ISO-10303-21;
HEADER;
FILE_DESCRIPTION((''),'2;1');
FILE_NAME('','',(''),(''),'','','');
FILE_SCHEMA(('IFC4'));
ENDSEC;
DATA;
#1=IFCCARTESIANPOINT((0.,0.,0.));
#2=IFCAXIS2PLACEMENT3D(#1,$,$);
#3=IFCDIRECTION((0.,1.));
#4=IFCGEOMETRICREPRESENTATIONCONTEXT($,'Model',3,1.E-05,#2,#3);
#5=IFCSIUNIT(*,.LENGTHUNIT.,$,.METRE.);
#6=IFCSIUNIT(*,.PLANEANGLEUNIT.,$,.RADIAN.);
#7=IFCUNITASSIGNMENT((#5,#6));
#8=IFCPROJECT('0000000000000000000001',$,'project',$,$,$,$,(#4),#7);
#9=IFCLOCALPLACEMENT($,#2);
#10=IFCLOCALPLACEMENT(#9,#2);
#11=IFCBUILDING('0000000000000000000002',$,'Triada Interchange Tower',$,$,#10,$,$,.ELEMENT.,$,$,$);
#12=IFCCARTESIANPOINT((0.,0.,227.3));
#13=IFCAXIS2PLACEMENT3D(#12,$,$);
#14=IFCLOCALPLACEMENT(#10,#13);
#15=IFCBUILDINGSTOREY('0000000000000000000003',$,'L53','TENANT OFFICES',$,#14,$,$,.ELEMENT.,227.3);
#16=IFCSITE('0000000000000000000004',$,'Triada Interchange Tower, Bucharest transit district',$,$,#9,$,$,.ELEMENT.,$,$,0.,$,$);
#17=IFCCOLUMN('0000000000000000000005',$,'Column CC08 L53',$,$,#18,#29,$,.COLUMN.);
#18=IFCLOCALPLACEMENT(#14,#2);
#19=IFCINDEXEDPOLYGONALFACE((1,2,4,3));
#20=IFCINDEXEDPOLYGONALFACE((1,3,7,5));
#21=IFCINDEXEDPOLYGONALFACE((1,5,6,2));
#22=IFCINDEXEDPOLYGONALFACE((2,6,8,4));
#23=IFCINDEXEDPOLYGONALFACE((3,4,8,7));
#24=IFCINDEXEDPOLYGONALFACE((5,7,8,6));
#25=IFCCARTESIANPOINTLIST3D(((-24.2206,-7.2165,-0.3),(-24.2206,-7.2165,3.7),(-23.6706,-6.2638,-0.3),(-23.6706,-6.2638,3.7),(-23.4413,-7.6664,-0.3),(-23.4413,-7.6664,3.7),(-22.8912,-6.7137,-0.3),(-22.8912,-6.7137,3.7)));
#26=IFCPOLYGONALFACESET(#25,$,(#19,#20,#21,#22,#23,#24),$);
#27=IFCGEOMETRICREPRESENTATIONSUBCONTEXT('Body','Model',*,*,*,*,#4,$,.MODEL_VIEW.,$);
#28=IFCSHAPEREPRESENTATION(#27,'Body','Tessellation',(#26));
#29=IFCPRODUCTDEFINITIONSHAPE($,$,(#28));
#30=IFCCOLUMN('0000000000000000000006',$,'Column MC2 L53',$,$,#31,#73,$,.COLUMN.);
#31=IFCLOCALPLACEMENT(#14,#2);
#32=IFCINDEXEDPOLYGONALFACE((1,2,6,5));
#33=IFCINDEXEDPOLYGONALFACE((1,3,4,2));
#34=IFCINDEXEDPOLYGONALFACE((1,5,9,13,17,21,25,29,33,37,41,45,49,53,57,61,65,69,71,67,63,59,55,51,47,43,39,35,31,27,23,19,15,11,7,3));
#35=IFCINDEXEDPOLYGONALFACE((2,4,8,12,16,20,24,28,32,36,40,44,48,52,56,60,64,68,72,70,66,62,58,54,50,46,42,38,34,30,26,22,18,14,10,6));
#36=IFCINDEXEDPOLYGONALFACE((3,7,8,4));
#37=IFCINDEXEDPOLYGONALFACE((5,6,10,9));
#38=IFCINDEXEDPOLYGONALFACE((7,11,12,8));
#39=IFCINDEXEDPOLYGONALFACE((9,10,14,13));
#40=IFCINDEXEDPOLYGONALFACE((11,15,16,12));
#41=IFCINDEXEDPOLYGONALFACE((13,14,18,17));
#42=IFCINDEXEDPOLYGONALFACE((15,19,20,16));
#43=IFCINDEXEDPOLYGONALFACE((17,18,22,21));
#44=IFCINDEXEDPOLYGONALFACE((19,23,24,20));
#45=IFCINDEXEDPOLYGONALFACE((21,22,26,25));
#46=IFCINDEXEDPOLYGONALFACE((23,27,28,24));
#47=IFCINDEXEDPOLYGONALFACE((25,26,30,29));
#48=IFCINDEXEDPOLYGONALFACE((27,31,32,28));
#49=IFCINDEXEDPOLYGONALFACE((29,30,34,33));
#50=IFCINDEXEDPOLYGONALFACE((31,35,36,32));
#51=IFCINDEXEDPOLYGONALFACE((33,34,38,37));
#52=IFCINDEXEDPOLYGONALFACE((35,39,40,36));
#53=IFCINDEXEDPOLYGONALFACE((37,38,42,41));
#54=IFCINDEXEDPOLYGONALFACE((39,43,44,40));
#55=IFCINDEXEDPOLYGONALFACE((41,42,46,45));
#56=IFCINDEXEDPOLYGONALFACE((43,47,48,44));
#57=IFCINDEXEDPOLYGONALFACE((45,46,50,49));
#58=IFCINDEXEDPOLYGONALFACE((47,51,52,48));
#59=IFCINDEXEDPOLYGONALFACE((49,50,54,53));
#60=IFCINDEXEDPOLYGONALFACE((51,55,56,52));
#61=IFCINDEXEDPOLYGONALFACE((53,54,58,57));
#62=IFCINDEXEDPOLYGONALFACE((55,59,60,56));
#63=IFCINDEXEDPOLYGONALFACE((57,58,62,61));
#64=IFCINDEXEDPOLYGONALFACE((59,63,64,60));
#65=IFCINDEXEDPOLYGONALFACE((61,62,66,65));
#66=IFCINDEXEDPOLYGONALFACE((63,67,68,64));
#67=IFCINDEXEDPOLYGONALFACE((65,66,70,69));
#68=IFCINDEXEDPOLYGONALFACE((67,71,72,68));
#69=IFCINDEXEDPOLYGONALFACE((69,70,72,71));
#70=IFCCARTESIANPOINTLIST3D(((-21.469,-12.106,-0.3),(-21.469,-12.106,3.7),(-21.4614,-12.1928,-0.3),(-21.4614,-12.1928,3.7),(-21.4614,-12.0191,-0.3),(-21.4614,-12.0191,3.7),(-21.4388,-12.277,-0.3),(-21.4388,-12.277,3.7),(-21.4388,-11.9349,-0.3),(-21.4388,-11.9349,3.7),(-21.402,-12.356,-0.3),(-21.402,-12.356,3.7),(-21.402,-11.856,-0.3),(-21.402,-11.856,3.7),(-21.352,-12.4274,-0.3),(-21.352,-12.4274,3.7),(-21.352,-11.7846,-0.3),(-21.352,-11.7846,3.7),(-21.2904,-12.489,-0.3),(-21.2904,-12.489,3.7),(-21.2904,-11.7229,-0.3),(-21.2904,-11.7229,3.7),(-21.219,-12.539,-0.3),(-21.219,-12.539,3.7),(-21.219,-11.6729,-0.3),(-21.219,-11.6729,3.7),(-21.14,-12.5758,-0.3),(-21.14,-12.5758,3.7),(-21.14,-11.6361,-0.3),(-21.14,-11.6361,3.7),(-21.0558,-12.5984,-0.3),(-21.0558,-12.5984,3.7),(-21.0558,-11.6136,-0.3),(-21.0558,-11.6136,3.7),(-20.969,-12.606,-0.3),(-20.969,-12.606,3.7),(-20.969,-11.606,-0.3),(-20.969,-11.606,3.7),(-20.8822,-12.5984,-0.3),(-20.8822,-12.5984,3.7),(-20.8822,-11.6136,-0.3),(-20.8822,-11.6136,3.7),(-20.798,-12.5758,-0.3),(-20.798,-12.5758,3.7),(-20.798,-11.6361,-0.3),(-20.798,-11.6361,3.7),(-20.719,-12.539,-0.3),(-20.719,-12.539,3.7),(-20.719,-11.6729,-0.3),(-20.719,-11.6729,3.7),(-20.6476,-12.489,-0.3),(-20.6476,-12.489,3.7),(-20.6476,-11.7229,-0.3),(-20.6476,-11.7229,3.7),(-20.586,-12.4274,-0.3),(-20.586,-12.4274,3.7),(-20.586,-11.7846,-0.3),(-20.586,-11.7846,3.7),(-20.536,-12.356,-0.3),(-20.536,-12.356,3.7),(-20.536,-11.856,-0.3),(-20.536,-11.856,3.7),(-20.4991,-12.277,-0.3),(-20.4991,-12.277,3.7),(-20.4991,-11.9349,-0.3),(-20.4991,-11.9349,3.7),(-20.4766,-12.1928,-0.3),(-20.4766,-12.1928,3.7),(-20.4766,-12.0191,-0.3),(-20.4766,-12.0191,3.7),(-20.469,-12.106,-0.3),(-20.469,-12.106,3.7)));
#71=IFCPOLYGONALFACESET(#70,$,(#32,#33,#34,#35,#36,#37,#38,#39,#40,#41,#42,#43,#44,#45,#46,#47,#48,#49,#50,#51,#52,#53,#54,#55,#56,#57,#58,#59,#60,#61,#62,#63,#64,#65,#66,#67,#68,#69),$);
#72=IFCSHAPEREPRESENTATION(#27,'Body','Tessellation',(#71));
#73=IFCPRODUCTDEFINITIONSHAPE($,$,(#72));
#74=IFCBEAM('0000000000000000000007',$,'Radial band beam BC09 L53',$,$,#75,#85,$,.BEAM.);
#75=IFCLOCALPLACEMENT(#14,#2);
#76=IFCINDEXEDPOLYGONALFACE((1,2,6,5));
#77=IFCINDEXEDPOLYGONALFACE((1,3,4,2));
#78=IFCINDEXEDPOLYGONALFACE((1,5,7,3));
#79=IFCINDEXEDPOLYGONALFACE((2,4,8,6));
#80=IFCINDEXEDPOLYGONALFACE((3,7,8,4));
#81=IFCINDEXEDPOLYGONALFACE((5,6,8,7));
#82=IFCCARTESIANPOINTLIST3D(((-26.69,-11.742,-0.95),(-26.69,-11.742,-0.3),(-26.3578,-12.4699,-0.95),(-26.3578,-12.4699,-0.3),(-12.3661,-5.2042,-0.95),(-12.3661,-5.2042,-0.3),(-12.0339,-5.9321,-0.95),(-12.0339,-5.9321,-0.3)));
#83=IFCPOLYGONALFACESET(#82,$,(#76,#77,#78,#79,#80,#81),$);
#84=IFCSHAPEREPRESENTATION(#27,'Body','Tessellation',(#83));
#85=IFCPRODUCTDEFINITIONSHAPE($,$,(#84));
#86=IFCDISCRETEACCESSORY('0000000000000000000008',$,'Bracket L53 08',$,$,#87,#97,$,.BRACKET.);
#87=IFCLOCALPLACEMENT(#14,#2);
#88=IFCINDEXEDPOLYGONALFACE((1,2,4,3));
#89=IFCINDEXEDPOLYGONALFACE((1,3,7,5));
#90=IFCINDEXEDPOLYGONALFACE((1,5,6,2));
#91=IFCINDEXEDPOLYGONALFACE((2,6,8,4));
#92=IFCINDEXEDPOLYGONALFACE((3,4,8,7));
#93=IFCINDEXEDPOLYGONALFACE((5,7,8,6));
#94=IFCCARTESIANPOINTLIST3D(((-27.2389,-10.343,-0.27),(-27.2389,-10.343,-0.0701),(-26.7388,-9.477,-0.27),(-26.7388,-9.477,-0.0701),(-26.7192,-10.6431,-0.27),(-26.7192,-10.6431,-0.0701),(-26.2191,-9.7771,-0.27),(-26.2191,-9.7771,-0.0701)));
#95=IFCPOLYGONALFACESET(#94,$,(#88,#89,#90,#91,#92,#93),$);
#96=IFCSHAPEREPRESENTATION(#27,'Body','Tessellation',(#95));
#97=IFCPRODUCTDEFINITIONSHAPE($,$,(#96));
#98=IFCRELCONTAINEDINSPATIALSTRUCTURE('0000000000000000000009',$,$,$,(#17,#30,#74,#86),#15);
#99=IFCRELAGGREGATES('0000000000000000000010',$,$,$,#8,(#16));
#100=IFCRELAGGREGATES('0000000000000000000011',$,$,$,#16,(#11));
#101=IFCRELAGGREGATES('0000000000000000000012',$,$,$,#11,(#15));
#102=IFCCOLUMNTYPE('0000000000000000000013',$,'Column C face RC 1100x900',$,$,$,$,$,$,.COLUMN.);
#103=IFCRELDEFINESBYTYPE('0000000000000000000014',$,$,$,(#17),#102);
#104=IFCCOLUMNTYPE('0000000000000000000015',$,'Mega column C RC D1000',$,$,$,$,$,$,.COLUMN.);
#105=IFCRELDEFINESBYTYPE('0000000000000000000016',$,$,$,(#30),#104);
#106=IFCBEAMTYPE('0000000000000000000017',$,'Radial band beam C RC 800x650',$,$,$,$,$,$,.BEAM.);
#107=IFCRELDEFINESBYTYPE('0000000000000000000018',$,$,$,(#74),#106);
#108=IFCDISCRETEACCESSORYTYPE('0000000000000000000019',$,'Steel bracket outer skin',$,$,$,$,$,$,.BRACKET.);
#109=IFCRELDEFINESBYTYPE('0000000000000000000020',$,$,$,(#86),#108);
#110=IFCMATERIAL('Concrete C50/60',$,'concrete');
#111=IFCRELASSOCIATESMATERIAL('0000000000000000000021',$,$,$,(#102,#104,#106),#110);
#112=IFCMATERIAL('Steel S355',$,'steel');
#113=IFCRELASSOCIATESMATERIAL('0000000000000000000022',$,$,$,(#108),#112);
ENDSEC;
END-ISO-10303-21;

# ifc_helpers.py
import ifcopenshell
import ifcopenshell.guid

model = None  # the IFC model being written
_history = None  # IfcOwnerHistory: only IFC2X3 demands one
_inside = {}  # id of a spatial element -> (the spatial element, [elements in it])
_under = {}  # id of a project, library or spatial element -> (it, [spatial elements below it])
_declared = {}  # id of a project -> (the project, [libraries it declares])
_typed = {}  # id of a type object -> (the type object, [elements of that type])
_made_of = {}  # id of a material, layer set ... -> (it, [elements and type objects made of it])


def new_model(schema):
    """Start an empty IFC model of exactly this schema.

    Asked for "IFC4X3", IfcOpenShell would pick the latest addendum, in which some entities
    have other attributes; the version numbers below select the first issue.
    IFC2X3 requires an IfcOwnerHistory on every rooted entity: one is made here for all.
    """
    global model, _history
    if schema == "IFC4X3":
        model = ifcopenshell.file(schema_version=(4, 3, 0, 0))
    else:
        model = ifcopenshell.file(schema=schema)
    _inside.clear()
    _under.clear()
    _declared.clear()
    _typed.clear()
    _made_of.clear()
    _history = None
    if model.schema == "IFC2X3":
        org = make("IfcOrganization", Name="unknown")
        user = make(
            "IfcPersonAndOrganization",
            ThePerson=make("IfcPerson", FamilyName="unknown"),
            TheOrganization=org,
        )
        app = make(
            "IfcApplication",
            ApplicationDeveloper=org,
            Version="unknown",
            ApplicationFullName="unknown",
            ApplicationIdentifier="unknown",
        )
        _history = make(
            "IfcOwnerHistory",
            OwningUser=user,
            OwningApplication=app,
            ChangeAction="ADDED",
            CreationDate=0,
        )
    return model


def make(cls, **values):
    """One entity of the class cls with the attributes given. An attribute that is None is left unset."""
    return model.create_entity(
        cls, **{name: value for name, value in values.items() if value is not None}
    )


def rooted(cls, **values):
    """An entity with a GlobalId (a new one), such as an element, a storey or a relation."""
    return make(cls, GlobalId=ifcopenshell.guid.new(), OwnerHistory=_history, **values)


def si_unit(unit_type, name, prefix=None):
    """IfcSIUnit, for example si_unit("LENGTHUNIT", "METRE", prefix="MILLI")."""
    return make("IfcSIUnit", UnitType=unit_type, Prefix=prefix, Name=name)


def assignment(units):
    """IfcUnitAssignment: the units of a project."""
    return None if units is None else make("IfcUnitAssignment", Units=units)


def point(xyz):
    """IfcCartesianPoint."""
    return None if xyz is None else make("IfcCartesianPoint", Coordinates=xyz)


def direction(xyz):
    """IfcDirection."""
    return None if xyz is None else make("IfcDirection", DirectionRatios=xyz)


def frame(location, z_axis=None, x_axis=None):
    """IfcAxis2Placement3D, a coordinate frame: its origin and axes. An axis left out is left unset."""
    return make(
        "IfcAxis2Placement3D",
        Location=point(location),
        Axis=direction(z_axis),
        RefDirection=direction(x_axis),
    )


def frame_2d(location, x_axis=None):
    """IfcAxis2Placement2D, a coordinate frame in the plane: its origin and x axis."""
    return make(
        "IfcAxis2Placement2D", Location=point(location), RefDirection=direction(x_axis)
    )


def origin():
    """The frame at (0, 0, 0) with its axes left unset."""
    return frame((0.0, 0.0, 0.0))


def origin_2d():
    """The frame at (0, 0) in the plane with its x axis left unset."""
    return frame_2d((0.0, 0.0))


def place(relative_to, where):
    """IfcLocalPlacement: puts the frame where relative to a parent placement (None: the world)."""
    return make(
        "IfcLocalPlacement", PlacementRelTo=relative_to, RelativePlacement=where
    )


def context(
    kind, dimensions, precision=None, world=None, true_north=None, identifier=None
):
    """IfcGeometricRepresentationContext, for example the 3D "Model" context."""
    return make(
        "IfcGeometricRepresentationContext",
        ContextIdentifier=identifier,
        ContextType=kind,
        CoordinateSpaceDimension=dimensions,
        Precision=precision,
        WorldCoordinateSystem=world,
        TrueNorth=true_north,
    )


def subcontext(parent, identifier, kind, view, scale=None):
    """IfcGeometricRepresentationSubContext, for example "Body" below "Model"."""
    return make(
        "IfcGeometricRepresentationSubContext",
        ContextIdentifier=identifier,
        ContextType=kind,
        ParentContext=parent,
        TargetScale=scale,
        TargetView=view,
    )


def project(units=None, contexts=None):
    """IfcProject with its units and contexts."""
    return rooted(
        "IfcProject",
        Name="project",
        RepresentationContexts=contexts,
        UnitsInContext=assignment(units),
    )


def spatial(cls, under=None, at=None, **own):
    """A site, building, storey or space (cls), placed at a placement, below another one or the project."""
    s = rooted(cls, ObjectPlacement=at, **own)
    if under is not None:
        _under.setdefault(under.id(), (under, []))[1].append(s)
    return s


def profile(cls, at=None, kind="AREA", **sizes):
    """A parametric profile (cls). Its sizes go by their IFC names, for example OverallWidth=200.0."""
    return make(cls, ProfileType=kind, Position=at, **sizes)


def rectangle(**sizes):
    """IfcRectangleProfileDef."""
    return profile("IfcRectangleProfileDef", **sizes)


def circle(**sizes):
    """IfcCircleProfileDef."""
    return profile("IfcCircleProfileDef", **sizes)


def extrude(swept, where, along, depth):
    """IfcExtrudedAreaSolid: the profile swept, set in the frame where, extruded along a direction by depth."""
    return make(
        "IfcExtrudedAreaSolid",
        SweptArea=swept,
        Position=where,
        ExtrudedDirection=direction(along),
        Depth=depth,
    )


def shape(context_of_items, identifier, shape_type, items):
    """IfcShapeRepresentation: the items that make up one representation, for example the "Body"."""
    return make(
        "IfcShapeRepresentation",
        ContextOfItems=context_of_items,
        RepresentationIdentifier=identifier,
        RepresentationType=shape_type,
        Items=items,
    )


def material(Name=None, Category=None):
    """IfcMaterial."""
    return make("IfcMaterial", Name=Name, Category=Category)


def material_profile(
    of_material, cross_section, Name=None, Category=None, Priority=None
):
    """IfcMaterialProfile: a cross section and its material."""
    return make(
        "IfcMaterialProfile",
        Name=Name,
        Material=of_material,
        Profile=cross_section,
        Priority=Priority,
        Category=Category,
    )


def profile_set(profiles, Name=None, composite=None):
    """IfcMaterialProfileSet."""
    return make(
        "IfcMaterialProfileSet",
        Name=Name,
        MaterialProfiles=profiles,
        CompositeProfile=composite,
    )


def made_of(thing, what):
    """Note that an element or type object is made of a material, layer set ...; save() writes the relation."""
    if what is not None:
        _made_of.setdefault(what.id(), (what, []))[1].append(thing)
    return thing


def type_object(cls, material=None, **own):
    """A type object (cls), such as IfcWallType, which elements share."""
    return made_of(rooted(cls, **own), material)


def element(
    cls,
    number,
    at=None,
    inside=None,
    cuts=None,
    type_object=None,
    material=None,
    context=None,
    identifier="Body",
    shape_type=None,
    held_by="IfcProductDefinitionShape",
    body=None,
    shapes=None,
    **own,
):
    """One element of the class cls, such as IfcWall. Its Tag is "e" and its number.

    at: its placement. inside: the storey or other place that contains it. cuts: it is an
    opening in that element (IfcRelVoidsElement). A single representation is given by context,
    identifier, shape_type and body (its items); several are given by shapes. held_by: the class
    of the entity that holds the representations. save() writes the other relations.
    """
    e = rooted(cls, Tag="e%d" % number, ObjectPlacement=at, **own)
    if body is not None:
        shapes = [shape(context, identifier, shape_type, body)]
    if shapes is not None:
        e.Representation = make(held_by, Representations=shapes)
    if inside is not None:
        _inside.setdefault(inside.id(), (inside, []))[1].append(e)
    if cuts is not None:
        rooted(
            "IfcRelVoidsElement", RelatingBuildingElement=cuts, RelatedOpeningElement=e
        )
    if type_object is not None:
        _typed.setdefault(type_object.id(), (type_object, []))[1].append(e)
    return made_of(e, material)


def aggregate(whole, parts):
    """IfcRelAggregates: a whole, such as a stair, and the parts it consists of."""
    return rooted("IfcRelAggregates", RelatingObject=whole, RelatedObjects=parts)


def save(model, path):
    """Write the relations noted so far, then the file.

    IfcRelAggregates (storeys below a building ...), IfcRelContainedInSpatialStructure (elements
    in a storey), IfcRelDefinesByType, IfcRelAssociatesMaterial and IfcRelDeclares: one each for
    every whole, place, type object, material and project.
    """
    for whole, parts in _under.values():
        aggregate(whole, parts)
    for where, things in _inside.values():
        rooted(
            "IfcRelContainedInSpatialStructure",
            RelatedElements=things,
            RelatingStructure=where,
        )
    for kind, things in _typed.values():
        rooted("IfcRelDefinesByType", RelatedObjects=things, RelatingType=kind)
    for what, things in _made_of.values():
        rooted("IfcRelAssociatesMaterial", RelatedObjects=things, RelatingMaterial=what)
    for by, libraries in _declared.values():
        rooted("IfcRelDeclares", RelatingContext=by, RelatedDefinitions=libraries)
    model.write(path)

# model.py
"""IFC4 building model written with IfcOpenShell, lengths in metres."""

from ifc_helpers import new_model, si_unit, direction, frame, origin, origin_2d, place, context, subcontext, project, spatial, rectangle, circle, extrude, material, material_profile, profile_set, type_object, element, save


model = new_model("IFC4")

# Units and contexts
model_context = context("Model", 3, precision=1e-05, world=origin(), true_north=direction((0.0, 1.0)))
body_context = subcontext(model_context, "Body", "Model", "MODEL_VIEW")
ifc_project = project(units=[si_unit("LENGTHUNIT", "METRE"), si_unit("PLANEANGLEUNIT", "RADIAN")], contexts=[model_context])

# Site, building, storey
site_placement = place(None, origin())
site = spatial("IfcSite", under=ifc_project, at=site_placement, Name="Triada Interchange Tower, Bucharest transit district", CompositionType="ELEMENT", RefElevation=0.0)
building_placement = place(site_placement, origin())
building = spatial("IfcBuilding", under=site, at=building_placement, Name="Triada Interchange Tower", CompositionType="ELEMENT")
storey_placement = place(building_placement, frame((0.0, 0.0, 227.3)))
storey = spatial("IfcBuildingStorey", under=building, at=storey_placement, Name="L53", Description="TENANT OFFICES", CompositionType="ELEMENT", Elevation=227.3)

# Columns
ifc_material_1 = material(Name="Concrete C50/60", Category="concrete")
ifc_material_profile_1 = material_profile(ifc_material_1, rectangle(XDim=1.1001, YDim=0.8999, at=origin_2d()), Name="RC 1100x900")
ifc_profile_set_1 = profile_set([ifc_material_profile_1], Name="Concrete C50/60")
column_type_1 = type_object("IfcColumnType", Name="Column C face RC 1100x900", PredefinedType="COLUMN", material=ifc_profile_set_1)
column_1_placement = place(storey_placement, frame((-23.5559, -6.9651, -0.3), z_axis=(0.0, 0.0, 1.0), x_axis=(0.5, 0.866025, 0.0)))
element("IfcColumn", 1, at=column_1_placement, inside=storey, type_object=column_type_1, Name="Column CC08 L53", PredefinedType="COLUMN", context=body_context, shape_type="SweptSolid", body=[
    extrude(rectangle(XDim=1.1001, YDim=0.8999, at=origin_2d()), origin(), (0.0, 0.0, 1.0), 4.0),
])
ifc_material_profile_2 = material_profile(ifc_material_1, circle(Radius=0.5, at=origin_2d()), Name="RC D1000")
ifc_profile_set_2 = profile_set([ifc_material_profile_2], Name="Concrete C50/60")
column_type_2 = type_object("IfcColumnType", Name="Mega column C RC D1000", PredefinedType="COLUMN", material=ifc_profile_set_2)
column_2_placement = place(storey_placement, frame((-20.969, -12.106, -0.3), z_axis=(0.0, 0.0, 1.0), x_axis=(1.0, 0.0, 0.0)))
element("IfcColumn", 2, at=column_2_placement, inside=storey, type_object=column_type_2, Name="Column MC2 L53", PredefinedType="COLUMN", context=body_context, shape_type="SweptSolid", body=[
    extrude(circle(Radius=0.5, at=origin_2d()), origin(), (0.0, 0.0, 1.0), 4.0),
])

# Beam
ifc_material_profile_3 = material_profile(ifc_material_1, rectangle(XDim=0.8, YDim=0.6499, at=origin_2d()), Name="RC 800x650")
ifc_profile_set_3 = profile_set([ifc_material_profile_3], Name="Concrete C50/60")
beam_type = type_object("IfcBeamType", Name="Radial band beam C RC 800x650", PredefinedType="BEAM", material=ifc_profile_set_3)
beam_placement = place(storey_placement, frame((-26.5239, -12.106, -0.625), z_axis=(0.909721, 0.415221, 0.0), x_axis=(-0.415221, 0.909721, 0.0)))
element("IfcBeam", 3, at=beam_placement, inside=storey, type_object=beam_type, Name="Radial band beam BC09 L53", PredefinedType="BEAM", context=body_context, shape_type="SweptSolid", body=[
    extrude(rectangle(XDim=0.8, YDim=0.6499, at=origin_2d()), origin(), (0.0, 0.0, 1.0), 15.7454),
])

# Discrete accessory
ifc_material_2 = material(Name="Steel S355", Category="steel")
discrete_accessory_type = type_object("IfcDiscreteAccessoryType", Name="Steel bracket outer skin", PredefinedType="BRACKET", material=ifc_material_2)
discrete_accessory_placement = place(storey_placement, frame((-26.729, -10.0601, -0.27), z_axis=(0.0, 0.0, 1.0), x_axis=(-0.866014, 0.500019, 0.0)))
element("IfcDiscreteAccessory", 4, at=discrete_accessory_placement, inside=storey, type_object=discrete_accessory_type, Name="Bracket L53 08", PredefinedType="BRACKET", context=body_context, shape_type="SweptSolid", body=[
    extrude(rectangle(XDim=0.6001, YDim=1.0, at=origin_2d()), origin(), (0.0, 0.0, 1.0), 0.2),
])

save(model, "model.ifc")
